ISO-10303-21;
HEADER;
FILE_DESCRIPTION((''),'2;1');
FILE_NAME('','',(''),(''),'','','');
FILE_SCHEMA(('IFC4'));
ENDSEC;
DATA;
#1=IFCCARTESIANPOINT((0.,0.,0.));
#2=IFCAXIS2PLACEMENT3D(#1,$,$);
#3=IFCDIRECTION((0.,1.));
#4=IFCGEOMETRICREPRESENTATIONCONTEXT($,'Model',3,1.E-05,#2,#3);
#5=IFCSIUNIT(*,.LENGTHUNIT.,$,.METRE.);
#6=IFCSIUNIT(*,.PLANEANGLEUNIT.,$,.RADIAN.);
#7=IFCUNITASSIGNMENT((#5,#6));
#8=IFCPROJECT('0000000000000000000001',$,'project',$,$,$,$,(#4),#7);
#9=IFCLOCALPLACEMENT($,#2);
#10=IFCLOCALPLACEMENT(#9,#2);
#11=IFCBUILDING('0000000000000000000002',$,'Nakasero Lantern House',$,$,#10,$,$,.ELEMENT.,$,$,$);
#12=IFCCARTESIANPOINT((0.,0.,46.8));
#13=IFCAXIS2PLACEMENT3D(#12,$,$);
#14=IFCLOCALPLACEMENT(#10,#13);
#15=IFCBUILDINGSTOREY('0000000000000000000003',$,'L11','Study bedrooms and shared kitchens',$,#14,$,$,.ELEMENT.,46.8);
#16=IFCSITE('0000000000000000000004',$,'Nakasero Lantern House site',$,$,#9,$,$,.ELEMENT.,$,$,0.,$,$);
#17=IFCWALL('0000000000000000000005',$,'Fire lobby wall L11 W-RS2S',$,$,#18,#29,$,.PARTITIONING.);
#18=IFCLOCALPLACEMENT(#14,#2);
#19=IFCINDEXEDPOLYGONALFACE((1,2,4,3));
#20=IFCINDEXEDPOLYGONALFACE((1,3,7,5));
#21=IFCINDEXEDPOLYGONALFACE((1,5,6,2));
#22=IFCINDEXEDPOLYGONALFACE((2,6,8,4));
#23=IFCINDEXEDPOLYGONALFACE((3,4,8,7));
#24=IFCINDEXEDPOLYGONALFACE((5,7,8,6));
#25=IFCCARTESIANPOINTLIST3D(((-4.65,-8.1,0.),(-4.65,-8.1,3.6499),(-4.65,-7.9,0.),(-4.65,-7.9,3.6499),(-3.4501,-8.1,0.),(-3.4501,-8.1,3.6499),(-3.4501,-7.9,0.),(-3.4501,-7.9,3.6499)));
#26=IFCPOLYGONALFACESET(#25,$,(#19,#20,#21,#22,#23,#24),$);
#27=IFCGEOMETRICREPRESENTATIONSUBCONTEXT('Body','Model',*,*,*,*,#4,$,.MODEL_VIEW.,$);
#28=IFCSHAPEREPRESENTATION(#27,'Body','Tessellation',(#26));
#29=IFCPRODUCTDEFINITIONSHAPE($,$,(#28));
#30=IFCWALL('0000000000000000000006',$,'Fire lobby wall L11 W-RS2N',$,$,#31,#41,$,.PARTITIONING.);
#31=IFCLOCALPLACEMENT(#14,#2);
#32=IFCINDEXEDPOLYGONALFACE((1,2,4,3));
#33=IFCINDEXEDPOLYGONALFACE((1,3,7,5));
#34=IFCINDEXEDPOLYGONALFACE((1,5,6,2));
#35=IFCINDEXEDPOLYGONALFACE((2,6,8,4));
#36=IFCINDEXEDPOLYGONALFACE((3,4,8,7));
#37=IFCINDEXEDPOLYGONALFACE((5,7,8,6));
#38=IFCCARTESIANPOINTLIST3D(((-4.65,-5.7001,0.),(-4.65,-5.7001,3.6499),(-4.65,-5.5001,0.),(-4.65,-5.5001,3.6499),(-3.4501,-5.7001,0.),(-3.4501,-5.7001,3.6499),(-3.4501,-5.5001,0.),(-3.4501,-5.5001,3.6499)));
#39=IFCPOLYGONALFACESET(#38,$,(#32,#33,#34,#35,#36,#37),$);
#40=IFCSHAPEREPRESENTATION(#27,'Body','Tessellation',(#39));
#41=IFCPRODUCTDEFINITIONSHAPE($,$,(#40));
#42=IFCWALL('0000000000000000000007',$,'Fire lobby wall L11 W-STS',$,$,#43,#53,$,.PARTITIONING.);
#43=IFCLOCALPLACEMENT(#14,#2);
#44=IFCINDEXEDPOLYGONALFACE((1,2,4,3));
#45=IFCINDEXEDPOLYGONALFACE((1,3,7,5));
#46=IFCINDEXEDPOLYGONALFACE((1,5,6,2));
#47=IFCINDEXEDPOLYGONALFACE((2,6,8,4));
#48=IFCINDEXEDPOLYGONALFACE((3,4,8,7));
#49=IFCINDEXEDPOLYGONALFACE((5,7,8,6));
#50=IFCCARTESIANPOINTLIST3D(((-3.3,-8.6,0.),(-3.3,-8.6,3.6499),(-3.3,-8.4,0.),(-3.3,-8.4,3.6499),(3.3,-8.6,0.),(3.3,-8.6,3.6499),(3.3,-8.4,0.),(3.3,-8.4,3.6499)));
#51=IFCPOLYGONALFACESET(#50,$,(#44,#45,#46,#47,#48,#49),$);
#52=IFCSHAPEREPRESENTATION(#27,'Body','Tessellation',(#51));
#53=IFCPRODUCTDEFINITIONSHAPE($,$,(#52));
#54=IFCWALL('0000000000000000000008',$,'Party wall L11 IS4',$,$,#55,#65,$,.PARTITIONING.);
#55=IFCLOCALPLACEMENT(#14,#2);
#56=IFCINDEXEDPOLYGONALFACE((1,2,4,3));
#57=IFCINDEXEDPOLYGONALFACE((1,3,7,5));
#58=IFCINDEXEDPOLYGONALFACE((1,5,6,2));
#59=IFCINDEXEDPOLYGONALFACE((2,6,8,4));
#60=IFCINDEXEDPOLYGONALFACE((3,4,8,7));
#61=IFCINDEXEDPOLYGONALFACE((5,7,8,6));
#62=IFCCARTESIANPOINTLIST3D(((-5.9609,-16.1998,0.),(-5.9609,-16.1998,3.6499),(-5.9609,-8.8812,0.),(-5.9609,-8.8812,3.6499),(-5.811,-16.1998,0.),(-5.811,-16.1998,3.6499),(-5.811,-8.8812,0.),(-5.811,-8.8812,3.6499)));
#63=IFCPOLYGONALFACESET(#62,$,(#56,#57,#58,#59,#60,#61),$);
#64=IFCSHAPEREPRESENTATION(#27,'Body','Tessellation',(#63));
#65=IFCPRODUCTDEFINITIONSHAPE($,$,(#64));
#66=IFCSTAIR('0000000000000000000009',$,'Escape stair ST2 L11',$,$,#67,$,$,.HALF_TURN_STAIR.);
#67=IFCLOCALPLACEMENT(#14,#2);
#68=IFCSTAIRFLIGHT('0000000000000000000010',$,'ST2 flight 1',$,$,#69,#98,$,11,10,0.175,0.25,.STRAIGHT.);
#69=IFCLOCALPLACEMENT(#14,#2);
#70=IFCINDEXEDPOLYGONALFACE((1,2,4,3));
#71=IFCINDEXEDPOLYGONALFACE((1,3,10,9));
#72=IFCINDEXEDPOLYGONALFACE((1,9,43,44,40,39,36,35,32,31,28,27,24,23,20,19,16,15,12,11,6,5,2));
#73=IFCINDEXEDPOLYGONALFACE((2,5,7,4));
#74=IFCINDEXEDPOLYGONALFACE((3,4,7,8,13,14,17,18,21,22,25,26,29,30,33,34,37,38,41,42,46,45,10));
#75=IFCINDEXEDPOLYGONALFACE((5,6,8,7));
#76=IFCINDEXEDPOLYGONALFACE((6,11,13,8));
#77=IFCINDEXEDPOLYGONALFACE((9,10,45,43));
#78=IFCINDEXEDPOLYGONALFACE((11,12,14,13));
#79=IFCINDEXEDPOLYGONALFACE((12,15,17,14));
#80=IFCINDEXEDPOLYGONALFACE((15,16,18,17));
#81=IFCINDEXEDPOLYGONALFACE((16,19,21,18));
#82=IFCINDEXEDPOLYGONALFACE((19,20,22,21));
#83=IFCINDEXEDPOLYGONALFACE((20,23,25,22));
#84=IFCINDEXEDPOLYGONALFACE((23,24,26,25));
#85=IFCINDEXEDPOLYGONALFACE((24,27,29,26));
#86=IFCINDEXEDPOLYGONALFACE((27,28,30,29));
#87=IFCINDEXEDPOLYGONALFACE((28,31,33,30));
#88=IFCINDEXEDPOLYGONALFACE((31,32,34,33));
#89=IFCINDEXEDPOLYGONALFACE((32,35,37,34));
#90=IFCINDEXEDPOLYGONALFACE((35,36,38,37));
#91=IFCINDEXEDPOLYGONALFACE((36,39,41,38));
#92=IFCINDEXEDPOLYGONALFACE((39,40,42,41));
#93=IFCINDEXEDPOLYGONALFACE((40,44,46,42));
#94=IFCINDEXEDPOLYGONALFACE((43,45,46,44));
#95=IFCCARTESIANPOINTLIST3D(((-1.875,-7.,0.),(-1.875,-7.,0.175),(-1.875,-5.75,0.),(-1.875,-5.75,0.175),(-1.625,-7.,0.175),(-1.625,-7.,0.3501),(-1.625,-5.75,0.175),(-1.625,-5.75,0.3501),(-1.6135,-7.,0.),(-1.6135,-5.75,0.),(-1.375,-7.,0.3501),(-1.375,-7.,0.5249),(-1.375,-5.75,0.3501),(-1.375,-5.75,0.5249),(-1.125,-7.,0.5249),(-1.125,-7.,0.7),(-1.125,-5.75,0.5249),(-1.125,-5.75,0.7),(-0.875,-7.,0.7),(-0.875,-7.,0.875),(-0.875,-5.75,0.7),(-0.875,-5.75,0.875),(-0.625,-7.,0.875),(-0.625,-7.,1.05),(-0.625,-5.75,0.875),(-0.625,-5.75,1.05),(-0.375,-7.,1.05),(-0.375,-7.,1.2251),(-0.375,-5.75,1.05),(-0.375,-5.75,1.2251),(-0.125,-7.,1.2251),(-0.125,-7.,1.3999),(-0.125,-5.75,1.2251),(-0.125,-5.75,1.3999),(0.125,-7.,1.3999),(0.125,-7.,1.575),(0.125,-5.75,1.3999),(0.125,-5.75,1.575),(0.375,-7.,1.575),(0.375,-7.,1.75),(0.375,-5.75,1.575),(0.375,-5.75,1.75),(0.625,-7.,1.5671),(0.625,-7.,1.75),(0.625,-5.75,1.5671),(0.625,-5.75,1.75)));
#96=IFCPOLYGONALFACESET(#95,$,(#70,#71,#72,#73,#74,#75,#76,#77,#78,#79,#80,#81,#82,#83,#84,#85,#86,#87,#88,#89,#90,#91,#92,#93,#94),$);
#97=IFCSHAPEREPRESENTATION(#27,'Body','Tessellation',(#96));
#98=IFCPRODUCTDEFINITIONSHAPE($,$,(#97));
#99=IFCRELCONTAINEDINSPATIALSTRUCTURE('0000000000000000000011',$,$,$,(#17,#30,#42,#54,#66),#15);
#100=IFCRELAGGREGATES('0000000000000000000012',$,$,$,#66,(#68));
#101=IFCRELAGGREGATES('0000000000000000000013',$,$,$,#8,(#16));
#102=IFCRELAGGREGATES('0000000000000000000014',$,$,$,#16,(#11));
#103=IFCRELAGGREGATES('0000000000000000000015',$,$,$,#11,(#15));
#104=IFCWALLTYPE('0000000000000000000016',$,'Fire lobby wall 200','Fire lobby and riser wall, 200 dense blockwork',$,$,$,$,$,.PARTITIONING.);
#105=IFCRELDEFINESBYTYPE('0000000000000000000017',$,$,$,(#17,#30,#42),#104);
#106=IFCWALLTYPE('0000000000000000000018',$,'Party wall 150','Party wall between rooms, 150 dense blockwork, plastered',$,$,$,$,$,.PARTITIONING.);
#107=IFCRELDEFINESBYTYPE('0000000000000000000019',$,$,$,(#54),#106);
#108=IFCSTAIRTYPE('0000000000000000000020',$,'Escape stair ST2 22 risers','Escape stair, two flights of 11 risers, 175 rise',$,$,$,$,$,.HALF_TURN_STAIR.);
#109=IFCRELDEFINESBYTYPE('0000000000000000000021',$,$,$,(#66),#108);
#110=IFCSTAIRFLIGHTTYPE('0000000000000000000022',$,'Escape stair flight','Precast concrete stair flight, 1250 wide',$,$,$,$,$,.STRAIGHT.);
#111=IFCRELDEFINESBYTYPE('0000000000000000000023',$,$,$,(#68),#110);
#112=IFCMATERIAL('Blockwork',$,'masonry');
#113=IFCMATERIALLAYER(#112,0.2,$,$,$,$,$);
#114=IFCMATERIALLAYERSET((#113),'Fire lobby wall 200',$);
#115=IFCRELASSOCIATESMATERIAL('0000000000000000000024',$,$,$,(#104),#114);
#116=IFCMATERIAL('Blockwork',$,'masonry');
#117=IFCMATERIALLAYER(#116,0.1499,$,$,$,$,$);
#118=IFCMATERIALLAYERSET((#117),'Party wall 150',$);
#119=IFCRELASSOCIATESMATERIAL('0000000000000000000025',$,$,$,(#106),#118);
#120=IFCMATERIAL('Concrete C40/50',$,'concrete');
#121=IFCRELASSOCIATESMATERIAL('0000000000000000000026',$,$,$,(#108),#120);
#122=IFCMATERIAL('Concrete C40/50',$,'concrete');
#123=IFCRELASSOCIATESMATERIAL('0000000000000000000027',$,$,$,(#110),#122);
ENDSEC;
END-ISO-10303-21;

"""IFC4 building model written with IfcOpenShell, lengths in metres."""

from ifc_helpers import new_model, si_unit, direction, frame, frame_2d, origin, place, context, subcontext, project, spatial, polyline, rectangle, outline, extrude, material, layer, layer_set, type_object, element, aggregate, save


model = new_model("IFC4")

# Units and contexts
model_context = context("Model", 3, precision=1e-05, world=origin(), true_north=direction((0.0, 1.0)))
body_context = subcontext(model_context, "Body", "Model", "MODEL_VIEW")
ifc_project = project(units=[si_unit("LENGTHUNIT", "METRE"), si_unit("PLANEANGLEUNIT", "RADIAN")], contexts=[model_context])

# Site, building, storey
site_placement = place(None, origin())
site = spatial("IfcSite", under=ifc_project, at=site_placement, Name="Nakasero Lantern House site", CompositionType="ELEMENT", RefElevation=0.0)
building_placement = place(site_placement, origin())
building = spatial("IfcBuilding", under=site, at=building_placement, Name="Nakasero Lantern House", CompositionType="ELEMENT")
storey_placement = place(building_placement, frame((0.0, 0.0, 46.8)))
storey = spatial("IfcBuildingStorey", under=building, at=storey_placement, Name="L11", Description="Study bedrooms and shared kitchens", CompositionType="ELEMENT", Elevation=46.8)

# Shared definitions
ifc_material_1 = material(Name="Blockwork", Category="masonry")
ifc_layer_1 = layer(ifc_material_1, 0.2)
ifc_layer_set_1 = layer_set([ifc_layer_1], Name="Fire lobby wall 200")
wall_type_1 = type_object("IfcWallType", Name="Fire lobby wall 200", Description="Fire lobby and riser wall, 200 dense blockwork", PredefinedType="PARTITIONING", material=ifc_layer_set_1)

# Walls
for number, where, z_axis, x_axis, name in (
    (1, (-3.45, -8.0, 0.0), (0.0, 0.0, 1.0), (-1.0, 0.0, 0.0), "Fire lobby wall L11 W-RS2S"),
    (2, (-3.45, -5.6001, 0.0), (0.0, 0.0, 1.0), (-1.0, 0.0, 0.0), "Fire lobby wall L11 W-RS2N"),
):
    element("IfcWall", number, at=place(storey_placement, frame(where, z_axis=z_axis, x_axis=x_axis)), inside=storey, type_object=wall_type_1, Name=name, PredefinedType="PARTITIONING", context=body_context, shape_type="SweptSolid", body=[
        extrude(rectangle(XDim=1.2, YDim=0.2, at=frame_2d((0.6001, 0.0))), origin(), (0.0, 0.0, 1.0), 3.6499),
    ])
wall_1_placement = place(storey_placement, frame((-3.3, -8.5, 0.0), z_axis=(0.0, 0.0, 1.0), x_axis=(1.0, 0.0, 0.0)))
element("IfcWall", 3, at=wall_1_placement, inside=storey, type_object=wall_type_1, Name="Fire lobby wall L11 W-STS", PredefinedType="PARTITIONING", context=body_context, shape_type="SweptSolid", body=[
    extrude(rectangle(XDim=6.6001, YDim=0.2, at=frame_2d((3.3, 0.0))), origin(), (0.0, 0.0, 1.0), 3.6499),
])
ifc_material_2 = material(Name="Blockwork", Category="masonry")
ifc_layer_2 = layer(ifc_material_2, 0.1499)
ifc_layer_set_2 = layer_set([ifc_layer_2], Name="Party wall 150")
wall_type_2 = type_object("IfcWallType", Name="Party wall 150", Description="Party wall between rooms, 150 dense blockwork, plastered", PredefinedType="PARTITIONING", material=ifc_layer_set_2)
wall_2_placement = place(storey_placement, frame((-5.886, -8.8813, 0.0), z_axis=(0.0, 0.0, 1.0), x_axis=(0.0, -1.0, 0.0)))
element("IfcWall", 4, at=wall_2_placement, inside=storey, type_object=wall_type_2, Name="Party wall L11 IS4", PredefinedType="PARTITIONING", context=body_context, shape_type="SweptSolid", body=[
    extrude(rectangle(XDim=7.3186, YDim=0.1499, at=frame_2d((3.6592, 0.0))), origin(), (0.0, 0.0, 1.0), 3.6499),
])

# Stair, stair flight
ifc_material_3 = material(Name="Concrete C40/50", Category="concrete")
stair_type = type_object("IfcStairType", Name="Escape stair ST2 22 risers", Description="Escape stair, two flights of 11 risers, 175 rise", PredefinedType="HALF_TURN_STAIR", material=ifc_material_3)
stair_placement = place(storey_placement, origin())
stair = element("IfcStair", 5, at=stair_placement, inside=storey, type_object=stair_type, Name="Escape stair ST2 L11", PredefinedType="HALF_TURN_STAIR")
ifc_material_4 = material(Name="Concrete C40/50", Category="concrete")
stair_flight_type = type_object("IfcStairFlightType", Name="Escape stair flight", Description="Precast concrete stair flight, 1250 wide", PredefinedType="STRAIGHT", material=ifc_material_4)
stair_flight_placement = place(storey_placement, frame((-1.875, -6.375, 0.0), z_axis=(0.0, 0.0, 1.0), x_axis=(1.0, 0.0, 0.0)))
stair_flight = element("IfcStairFlight", 6, at=stair_flight_placement, type_object=stair_flight_type, Name="ST2 flight 1", NumberOfRisers=11, NumberOfTreads=10, PredefinedType="STRAIGHT", RiserHeight=0.175, TreadLength=0.25, context=body_context, shape_type="SweptSolid", body=[
    extrude(outline(polyline([(0.0, 0.0), (0.0, 0.175), (0.25, 0.175), (0.25, 0.3501), (0.5, 0.3501), (0.5, 0.5249), (0.75, 0.5249), (0.75, 0.7), (1.0, 0.7), (1.0, 0.875), (1.25, 0.875), (1.25, 1.05), (1.5, 1.05), (1.5, 1.2251), (1.75, 1.2251), (1.75, 1.3999), (2.0, 1.3999), (2.0, 1.575), (2.25, 1.575), (2.25, 1.75), (2.5, 1.75), (2.5, 1.925), (2.5, 1.5671), (0.2615, 0.0), (0.0, 0.0)])), frame((0.0, 0.625, 0.0), z_axis=(0.0, -1.0, 0.0), x_axis=(1.0, 0.0, 0.0)), (0.0, 0.0, 1.0), 1.25),
])
aggregate(stair, [stair_flight])

save(model, "model.ifc")
